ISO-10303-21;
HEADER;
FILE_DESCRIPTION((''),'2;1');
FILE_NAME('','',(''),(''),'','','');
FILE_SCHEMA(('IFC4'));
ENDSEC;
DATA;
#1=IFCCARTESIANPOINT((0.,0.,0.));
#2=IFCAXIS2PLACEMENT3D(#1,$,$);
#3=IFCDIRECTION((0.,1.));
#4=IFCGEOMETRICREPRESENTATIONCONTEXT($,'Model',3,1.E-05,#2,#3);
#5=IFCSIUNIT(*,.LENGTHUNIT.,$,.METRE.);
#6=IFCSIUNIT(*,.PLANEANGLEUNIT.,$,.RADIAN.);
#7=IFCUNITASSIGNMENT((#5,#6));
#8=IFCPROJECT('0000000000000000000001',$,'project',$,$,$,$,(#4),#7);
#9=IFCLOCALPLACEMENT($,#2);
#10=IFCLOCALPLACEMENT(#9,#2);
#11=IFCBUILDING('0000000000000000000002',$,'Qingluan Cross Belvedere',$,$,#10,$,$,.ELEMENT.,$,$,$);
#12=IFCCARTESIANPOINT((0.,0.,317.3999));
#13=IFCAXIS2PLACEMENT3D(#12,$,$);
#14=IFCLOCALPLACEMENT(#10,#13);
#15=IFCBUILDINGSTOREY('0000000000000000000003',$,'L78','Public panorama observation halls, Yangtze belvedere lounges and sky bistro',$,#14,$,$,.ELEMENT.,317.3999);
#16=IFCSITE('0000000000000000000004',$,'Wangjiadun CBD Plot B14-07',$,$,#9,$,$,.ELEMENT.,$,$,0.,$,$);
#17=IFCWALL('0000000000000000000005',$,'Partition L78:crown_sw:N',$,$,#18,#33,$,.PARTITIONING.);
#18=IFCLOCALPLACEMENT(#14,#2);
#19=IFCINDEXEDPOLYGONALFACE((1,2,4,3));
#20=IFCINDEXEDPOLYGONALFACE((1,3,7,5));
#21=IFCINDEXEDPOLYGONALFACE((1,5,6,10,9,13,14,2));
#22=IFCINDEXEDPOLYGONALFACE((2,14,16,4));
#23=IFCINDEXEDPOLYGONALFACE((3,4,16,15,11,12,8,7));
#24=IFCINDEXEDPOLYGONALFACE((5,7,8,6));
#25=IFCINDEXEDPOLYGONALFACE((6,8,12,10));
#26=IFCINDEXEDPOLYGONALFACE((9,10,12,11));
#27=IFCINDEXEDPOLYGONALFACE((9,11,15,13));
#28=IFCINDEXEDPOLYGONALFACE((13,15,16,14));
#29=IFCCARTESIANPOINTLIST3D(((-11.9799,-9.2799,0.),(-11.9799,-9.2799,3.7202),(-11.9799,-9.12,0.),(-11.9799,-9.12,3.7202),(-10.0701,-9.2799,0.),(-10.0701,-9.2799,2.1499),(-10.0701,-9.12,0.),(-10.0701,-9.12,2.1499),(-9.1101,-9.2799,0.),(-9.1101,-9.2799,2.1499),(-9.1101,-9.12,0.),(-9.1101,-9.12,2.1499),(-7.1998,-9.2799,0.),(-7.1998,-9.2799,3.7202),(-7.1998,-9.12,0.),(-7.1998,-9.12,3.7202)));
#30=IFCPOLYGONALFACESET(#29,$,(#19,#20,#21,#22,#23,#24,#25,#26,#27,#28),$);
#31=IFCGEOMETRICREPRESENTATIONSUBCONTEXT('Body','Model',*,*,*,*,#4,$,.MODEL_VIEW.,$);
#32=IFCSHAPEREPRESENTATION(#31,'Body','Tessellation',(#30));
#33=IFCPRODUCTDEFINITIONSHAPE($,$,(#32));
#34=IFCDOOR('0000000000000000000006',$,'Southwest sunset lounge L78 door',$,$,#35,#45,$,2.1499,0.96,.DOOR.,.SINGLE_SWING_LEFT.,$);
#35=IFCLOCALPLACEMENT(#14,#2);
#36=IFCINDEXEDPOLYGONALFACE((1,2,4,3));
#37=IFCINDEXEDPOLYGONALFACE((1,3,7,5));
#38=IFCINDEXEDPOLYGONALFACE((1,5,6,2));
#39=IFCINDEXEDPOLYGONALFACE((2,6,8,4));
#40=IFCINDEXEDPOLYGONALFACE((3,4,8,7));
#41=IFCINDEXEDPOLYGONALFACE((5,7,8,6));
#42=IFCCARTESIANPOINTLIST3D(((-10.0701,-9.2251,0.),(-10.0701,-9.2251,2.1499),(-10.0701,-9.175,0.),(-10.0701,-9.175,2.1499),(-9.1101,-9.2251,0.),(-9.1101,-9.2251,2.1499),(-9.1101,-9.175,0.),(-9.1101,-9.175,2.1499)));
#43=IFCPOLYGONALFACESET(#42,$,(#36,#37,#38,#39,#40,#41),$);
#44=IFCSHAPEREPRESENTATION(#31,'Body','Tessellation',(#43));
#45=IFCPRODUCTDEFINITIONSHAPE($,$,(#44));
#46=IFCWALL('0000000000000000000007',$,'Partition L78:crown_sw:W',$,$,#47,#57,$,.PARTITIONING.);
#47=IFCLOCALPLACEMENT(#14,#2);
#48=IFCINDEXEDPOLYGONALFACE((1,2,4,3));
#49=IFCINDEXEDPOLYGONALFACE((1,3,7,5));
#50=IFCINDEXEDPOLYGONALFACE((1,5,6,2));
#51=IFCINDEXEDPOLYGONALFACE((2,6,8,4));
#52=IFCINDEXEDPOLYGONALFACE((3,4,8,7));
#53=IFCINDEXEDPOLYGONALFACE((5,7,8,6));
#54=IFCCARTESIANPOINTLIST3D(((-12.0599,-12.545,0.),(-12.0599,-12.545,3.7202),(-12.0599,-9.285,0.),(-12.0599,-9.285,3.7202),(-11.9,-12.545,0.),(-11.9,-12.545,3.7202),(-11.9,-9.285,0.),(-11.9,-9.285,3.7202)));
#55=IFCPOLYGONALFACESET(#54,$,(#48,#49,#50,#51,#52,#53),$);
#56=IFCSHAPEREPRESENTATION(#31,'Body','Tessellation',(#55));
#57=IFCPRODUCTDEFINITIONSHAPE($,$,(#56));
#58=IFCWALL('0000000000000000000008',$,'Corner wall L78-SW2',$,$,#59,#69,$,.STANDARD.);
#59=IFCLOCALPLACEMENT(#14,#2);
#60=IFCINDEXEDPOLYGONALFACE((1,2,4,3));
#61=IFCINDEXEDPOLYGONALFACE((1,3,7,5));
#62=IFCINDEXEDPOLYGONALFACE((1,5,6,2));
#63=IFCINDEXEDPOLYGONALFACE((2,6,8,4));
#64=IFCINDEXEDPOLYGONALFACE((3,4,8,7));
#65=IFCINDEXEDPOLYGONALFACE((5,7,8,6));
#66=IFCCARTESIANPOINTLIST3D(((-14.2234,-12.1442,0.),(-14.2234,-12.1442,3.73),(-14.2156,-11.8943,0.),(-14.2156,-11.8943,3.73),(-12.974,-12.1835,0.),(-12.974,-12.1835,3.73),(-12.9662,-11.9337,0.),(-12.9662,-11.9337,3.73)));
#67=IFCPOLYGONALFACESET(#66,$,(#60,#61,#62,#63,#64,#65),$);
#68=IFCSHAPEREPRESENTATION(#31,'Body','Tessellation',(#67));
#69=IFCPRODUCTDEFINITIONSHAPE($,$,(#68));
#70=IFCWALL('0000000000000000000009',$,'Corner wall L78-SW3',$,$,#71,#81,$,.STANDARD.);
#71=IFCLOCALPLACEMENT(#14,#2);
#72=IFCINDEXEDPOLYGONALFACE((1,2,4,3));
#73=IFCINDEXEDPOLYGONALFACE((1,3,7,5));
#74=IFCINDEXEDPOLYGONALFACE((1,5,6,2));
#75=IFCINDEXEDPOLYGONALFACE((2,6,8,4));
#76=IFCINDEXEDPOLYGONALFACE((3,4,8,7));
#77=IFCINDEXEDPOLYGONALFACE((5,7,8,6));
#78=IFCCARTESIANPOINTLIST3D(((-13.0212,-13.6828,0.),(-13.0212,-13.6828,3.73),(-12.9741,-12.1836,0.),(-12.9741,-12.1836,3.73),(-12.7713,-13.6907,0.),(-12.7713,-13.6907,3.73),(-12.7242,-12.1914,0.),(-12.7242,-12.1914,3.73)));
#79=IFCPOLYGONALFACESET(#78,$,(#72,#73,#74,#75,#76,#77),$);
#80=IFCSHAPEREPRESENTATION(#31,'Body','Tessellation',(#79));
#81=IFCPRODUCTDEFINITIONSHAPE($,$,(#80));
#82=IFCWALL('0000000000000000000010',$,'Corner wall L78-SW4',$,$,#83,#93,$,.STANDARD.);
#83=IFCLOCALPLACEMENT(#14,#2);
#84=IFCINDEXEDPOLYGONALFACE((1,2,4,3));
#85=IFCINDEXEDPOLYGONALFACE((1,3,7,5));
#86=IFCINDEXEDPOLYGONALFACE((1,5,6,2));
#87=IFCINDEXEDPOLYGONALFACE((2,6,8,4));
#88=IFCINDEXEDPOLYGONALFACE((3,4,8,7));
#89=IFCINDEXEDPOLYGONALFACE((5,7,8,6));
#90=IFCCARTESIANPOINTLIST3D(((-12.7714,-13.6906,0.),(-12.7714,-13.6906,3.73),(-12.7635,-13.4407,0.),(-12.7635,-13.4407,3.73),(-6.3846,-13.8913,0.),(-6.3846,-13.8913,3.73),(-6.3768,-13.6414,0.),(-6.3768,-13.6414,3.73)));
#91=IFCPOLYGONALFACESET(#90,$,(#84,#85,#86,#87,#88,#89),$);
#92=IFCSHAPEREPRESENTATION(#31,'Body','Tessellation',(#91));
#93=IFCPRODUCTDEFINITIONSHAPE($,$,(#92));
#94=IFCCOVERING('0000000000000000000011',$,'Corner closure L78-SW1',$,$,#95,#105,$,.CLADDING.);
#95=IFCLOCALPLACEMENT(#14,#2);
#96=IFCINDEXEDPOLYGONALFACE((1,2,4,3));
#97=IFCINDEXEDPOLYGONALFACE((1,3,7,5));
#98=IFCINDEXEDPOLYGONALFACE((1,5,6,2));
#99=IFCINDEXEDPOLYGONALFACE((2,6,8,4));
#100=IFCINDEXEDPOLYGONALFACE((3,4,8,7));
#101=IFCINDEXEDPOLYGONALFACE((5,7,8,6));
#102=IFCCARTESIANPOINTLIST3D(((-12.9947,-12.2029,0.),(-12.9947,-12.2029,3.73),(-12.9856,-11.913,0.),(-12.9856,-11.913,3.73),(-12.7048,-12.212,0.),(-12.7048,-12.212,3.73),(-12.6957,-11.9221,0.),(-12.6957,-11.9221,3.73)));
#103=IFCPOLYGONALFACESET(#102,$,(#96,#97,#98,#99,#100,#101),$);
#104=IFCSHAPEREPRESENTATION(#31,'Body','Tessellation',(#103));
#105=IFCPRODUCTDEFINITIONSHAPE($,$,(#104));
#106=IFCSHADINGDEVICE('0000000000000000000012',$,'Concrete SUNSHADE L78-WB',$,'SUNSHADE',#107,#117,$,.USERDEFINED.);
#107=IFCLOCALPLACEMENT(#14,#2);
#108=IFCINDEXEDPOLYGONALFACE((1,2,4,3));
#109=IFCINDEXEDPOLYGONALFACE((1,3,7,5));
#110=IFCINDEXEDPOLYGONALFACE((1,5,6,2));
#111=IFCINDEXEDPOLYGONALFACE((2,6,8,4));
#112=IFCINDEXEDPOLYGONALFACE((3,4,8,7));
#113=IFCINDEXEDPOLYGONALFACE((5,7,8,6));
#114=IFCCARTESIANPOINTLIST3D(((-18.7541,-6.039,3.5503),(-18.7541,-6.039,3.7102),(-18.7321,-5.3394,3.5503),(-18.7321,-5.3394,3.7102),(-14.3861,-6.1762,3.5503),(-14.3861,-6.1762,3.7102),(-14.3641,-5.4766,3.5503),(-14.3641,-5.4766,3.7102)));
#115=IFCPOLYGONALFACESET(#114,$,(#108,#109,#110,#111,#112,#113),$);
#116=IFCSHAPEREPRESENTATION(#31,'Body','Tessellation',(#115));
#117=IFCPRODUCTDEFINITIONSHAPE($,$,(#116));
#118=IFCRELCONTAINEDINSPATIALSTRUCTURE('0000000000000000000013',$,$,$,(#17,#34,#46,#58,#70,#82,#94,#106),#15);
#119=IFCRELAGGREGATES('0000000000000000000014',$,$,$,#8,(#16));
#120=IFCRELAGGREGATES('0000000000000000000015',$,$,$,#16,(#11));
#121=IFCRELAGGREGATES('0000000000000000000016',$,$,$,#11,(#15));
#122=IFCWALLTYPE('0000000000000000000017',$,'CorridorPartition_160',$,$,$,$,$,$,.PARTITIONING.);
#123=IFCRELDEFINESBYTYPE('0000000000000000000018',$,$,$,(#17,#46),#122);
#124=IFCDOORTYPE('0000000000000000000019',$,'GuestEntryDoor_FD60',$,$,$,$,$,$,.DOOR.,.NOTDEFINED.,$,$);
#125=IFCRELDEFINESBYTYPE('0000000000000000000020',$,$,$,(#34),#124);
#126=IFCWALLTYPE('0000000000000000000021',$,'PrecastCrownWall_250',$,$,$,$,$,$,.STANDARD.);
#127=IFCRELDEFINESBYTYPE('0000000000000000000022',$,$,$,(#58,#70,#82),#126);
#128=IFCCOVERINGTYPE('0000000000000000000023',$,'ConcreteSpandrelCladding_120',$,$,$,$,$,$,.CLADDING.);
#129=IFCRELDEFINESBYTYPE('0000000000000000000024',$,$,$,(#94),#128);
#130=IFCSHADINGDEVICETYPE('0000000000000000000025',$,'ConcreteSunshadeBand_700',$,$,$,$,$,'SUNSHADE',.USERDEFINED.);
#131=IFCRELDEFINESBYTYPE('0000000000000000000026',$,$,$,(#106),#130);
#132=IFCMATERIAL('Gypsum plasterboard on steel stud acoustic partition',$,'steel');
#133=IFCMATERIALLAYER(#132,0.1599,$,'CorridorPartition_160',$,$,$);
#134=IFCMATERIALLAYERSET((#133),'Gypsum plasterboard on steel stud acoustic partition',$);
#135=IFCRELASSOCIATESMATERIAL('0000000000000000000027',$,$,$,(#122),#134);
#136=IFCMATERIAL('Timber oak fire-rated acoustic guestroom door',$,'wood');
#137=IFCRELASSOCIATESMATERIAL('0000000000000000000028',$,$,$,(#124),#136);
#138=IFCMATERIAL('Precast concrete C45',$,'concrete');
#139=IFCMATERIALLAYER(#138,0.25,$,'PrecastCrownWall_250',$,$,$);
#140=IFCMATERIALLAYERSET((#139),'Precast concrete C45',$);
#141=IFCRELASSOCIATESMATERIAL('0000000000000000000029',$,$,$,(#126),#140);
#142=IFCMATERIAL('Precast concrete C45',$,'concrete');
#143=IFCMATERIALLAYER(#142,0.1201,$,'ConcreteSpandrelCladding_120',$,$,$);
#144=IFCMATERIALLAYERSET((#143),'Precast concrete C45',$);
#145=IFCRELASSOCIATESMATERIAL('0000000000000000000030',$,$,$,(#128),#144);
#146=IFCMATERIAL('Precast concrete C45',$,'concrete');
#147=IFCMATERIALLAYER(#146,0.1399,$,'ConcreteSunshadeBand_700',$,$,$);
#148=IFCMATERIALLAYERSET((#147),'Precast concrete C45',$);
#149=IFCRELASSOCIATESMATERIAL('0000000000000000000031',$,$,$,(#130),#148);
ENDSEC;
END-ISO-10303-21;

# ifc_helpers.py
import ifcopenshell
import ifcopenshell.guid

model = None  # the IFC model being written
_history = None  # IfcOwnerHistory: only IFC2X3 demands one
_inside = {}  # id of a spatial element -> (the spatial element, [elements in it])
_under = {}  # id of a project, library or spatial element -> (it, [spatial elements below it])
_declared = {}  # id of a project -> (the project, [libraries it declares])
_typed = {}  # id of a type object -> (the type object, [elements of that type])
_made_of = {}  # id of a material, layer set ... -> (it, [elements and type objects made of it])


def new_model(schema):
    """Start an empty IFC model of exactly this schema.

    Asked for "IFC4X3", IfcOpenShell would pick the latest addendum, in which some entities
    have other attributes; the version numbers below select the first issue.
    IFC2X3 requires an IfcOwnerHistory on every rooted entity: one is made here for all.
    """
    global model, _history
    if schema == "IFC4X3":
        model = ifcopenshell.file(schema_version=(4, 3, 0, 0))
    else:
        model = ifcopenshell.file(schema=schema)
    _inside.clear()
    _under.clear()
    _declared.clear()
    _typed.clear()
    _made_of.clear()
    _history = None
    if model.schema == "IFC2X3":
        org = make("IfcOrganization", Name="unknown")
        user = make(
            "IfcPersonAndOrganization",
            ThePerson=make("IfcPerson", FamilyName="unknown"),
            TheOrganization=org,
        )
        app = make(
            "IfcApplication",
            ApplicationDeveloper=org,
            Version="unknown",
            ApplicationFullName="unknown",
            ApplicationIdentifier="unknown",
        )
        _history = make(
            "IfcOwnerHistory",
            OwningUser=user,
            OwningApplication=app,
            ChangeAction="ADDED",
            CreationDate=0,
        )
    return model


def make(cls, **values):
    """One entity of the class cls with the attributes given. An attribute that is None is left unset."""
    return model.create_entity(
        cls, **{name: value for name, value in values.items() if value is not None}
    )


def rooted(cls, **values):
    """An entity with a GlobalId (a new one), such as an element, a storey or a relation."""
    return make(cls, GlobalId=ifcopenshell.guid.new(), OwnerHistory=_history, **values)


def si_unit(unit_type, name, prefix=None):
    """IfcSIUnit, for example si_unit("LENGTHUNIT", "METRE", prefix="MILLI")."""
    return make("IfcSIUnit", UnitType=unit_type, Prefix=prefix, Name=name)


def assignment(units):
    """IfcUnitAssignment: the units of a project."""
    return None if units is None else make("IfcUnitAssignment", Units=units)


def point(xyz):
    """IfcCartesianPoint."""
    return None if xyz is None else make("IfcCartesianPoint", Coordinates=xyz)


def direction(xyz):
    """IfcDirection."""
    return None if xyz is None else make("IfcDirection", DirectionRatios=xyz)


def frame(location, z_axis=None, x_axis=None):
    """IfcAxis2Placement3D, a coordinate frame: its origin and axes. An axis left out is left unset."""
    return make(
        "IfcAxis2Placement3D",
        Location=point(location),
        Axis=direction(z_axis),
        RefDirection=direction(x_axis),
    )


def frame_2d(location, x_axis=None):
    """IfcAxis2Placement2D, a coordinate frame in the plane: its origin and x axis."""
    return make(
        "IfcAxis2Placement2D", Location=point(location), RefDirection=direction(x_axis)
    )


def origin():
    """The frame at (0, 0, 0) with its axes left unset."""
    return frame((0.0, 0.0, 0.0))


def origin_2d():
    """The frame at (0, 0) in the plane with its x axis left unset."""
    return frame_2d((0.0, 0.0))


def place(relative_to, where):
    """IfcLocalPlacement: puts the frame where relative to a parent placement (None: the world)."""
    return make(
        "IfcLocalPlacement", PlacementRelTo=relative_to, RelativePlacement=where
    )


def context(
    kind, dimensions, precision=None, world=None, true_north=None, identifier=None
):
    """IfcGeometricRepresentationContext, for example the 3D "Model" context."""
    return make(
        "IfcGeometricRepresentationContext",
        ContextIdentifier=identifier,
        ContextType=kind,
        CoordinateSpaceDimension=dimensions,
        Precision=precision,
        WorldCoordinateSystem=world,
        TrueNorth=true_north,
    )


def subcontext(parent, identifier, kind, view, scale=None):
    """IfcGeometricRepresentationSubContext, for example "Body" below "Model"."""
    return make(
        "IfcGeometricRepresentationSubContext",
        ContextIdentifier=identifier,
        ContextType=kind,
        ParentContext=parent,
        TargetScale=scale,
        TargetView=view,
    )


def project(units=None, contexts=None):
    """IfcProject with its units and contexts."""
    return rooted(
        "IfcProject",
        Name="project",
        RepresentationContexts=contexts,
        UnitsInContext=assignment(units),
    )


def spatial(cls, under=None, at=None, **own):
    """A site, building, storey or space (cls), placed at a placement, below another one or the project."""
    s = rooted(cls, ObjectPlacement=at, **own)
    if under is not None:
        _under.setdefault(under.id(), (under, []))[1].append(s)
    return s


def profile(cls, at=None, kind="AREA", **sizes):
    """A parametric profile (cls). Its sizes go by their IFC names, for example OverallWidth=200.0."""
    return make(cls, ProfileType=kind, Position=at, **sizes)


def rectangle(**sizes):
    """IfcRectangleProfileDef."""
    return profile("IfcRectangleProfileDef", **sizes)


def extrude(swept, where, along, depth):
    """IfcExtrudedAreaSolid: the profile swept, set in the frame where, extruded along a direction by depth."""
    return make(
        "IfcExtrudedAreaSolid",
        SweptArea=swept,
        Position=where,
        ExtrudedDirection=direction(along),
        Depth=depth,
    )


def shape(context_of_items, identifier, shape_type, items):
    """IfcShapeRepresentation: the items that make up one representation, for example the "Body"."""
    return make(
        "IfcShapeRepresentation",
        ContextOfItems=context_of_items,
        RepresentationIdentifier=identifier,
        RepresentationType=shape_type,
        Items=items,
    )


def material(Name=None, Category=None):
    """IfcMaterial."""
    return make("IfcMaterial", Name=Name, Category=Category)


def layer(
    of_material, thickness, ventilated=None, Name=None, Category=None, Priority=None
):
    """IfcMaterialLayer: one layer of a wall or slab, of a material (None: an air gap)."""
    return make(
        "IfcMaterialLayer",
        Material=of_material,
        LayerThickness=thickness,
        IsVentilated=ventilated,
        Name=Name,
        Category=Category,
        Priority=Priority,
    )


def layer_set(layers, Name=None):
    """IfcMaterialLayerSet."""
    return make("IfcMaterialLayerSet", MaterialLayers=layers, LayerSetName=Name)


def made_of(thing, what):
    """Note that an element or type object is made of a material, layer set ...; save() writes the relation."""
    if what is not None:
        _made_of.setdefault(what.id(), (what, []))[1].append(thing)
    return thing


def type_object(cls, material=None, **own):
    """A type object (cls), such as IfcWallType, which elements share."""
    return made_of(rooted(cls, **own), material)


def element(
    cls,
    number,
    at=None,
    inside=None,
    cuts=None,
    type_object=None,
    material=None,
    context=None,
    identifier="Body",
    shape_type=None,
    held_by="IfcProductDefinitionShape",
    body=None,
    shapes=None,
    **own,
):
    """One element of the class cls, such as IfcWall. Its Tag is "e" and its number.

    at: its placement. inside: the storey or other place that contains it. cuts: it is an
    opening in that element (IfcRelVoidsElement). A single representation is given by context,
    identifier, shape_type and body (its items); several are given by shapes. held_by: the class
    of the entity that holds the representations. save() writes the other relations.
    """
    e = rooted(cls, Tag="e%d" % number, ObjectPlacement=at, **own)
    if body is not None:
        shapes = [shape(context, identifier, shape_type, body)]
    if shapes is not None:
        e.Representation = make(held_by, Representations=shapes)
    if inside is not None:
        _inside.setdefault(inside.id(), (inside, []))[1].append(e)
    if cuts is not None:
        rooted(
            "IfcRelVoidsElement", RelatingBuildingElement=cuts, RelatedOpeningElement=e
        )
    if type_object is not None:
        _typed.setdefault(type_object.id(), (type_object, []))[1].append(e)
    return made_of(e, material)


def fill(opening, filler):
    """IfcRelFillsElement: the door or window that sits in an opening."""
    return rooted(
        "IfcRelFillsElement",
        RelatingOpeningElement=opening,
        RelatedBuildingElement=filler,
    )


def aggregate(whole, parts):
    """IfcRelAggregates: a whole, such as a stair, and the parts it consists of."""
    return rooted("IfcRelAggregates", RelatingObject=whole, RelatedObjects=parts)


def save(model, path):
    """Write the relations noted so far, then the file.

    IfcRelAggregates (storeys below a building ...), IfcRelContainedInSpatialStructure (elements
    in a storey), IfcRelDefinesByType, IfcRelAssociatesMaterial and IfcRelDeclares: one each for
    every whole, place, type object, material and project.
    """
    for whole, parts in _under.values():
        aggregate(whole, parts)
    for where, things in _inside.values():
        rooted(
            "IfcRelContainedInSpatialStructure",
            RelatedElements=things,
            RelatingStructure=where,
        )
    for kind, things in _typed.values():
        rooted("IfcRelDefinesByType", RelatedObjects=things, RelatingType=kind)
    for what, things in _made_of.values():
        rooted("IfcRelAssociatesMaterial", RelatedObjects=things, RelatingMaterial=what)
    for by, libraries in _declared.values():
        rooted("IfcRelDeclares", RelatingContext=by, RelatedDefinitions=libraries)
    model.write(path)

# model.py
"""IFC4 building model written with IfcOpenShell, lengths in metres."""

from ifc_helpers import new_model, si_unit, direction, frame, frame_2d, origin, origin_2d, place, context, subcontext, project, spatial, rectangle, extrude, material, layer, layer_set, type_object, element, fill, save


model = new_model("IFC4")

# Units and contexts
model_context = context("Model", 3, precision=1e-05, world=origin(), true_north=direction((0.0, 1.0)))
body_context = subcontext(model_context, "Body", "Model", "MODEL_VIEW")
ifc_project = project(units=[si_unit("LENGTHUNIT", "METRE"), si_unit("PLANEANGLEUNIT", "RADIAN")], contexts=[model_context])

# Site, building, storey
site_placement = place(None, origin())
site = spatial("IfcSite", under=ifc_project, at=site_placement, Name="Wangjiadun CBD Plot B14-07", CompositionType="ELEMENT", RefElevation=0.0)
building_placement = place(site_placement, origin())
building = spatial("IfcBuilding", under=site, at=building_placement, Name="Qingluan Cross Belvedere", CompositionType="ELEMENT")
storey_placement = place(building_placement, frame((0.0, 0.0, 317.3999)))
storey = spatial("IfcBuildingStorey", under=building, at=storey_placement, Name="L78", Description="Public panorama observation halls, Yangtze belvedere lounges and sky bistro", CompositionType="ELEMENT", Elevation=317.3999)

# Shared definitions
ifc_material_1 = material(Name="Gypsum plasterboard on steel stud acoustic partition", Category="steel")
ifc_layer_1 = layer(ifc_material_1, 0.1599, Name="CorridorPartition_160")
ifc_layer_set_1 = layer_set([ifc_layer_1], Name="Gypsum plasterboard on steel stud acoustic partition")
wall_type_1 = type_object("IfcWallType", Name="CorridorPartition_160", PredefinedType="PARTITIONING", material=ifc_layer_set_1)

# Wall, opening, door
wall_1_placement = place(storey_placement, frame((-11.98, -9.2, 0.0), z_axis=(0.0, 0.0, 1.0), x_axis=(1.0, 0.0, 0.0)))
wall_1 = element("IfcWall", 1, at=wall_1_placement, inside=storey, type_object=wall_type_1, Name="Partition L78:crown_sw:N", PredefinedType="PARTITIONING", context=body_context, shape_type="SweptSolid", body=[
    extrude(rectangle(XDim=4.78, YDim=0.1599, at=frame_2d((2.3901, 0.0))), origin(), (0.0, 0.0, 1.0), 3.7202),
])
opening_placement = place(wall_1_placement, frame((1.9099, 0.0, 0.0)))
opening = element("IfcOpeningElement", 2, at=opening_placement, cuts=wall_1, PredefinedType="OPENING", context=body_context, shape_type="SweptSolid", body=[
    extrude(rectangle(XDim=0.96, YDim=2.1499, at=frame_2d((0.48, 1.075))), frame((0.0, 0.0898, 0.0), z_axis=(0.0, -1.0, 0.0), x_axis=(1.0, 0.0, 0.0)), (0.0, 0.0, 1.0), 0.1799),
])
ifc_material_2 = material(Name="Timber oak fire-rated acoustic guestroom door", Category="wood")
door_type = type_object("IfcDoorType", Name="GuestEntryDoor_FD60", OperationType="NOTDEFINED", PredefinedType="DOOR", material=ifc_material_2)
door_placement = place(opening_placement, origin())
door = element("IfcDoor", 3, at=door_placement, inside=storey, type_object=door_type, Name="Southwest sunset lounge L78 door", OperationType="SINGLE_SWING_LEFT", OverallHeight=2.1499, OverallWidth=0.96, PredefinedType="DOOR", context=body_context, shape_type="SweptSolid", body=[
    extrude(rectangle(XDim=0.96, YDim=2.1499, at=frame_2d((0.48, 1.075))), frame((0.0, 0.0249, 0.0), z_axis=(0.0, -1.0, 0.0), x_axis=(1.0, 0.0, 0.0)), (0.0, 0.0, 1.0), 0.05),
])
fill(opening, door)

# Walls
wall_2_placement = place(storey_placement, frame((-11.98, -12.5449, 0.0), z_axis=(0.0, 0.0, 1.0), x_axis=(0.0, 1.0, 0.0)))
element("IfcWall", 4, at=wall_2_placement, inside=storey, type_object=wall_type_1, Name="Partition L78:crown_sw:W", PredefinedType="PARTITIONING", context=body_context, shape_type="SweptSolid", body=[
    extrude(rectangle(XDim=3.26, YDim=0.1599, at=frame_2d((1.6299, 0.0))), origin(), (0.0, 0.0, 1.0), 3.7202),
])
ifc_material_3 = material(Name="Precast concrete C45", Category="concrete")
ifc_layer_2 = layer(ifc_material_3, 0.25, Name="PrecastCrownWall_250")
ifc_layer_set_2 = layer_set([ifc_layer_2], Name="Precast concrete C45")
wall_type_2 = type_object("IfcWallType", Name="PrecastCrownWall_250", PredefinedType="STANDARD", material=ifc_layer_set_2)
wall_3_placement = place(storey_placement, frame((-14.2195, -12.0193, 0.0), z_axis=(0.0, 0.0, 1.0), x_axis=(0.999505, -0.031448, 0.0)))
element("IfcWall", 5, at=wall_3_placement, inside=storey, type_object=wall_type_2, Name="Corner wall L78-SW2", PredefinedType="STANDARD", context=body_context, shape_type="SweptSolid", body=[
    extrude(rectangle(XDim=1.25, YDim=0.25, at=frame_2d((0.625, 0.0))), origin(), (0.0, 0.0, 1.0), 3.73),
])
wall_4_placement = place(storey_placement, frame((-12.8491, -12.1875, 0.0), z_axis=(0.0, 0.0, 1.0), x_axis=(-0.031413, -0.999507, 0.0)))
element("IfcWall", 6, at=wall_4_placement, inside=storey, type_object=wall_type_2, Name="Corner wall L78-SW3", PredefinedType="STANDARD", context=body_context, shape_type="SweptSolid", body=[
    extrude(rectangle(XDim=1.5, YDim=0.25, at=frame_2d((0.75, 0.0))), origin(), (0.0, 0.0, 1.0), 3.73),
])
wall_5_placement = place(storey_placement, frame((-12.7673, -13.5657, 0.0), z_axis=(0.0, 0.0, 1.0), x_axis=(0.999507, -0.031407, 0.0)))
element("IfcWall", 7, at=wall_5_placement, inside=storey, type_object=wall_type_2, Name="Corner wall L78-SW4", PredefinedType="STANDARD", context=body_context, shape_type="SweptSolid", body=[
    extrude(rectangle(XDim=6.3899, YDim=0.25, at=frame_2d((3.1948, 0.0))), origin(), (0.0, 0.0, 1.0), 3.73),
])

# Covering
ifc_material_4 = material(Name="Precast concrete C45", Category="concrete")
ifc_layer_3 = layer(ifc_material_4, 0.1201, Name="ConcreteSpandrelCladding_120")
ifc_layer_set_3 = layer_set([ifc_layer_3], Name="Precast concrete C45")
covering_type = type_object("IfcCoveringType", Name="ConcreteSpandrelCladding_120", PredefinedType="CLADDING", material=ifc_layer_set_3)
covering_placement = place(storey_placement, frame((-12.8452, -12.0625, 0.0), z_axis=(0.0, 0.0, 1.0), x_axis=(0.999507, -0.031411, 0.0)))
element("IfcCovering", 8, at=covering_placement, inside=storey, type_object=covering_type, Name="Corner closure L78-SW1", PredefinedType="CLADDING", context=body_context, shape_type="SweptSolid", body=[
    extrude(rectangle(XDim=0.29, YDim=0.29, at=origin_2d()), origin(), (0.0, 0.0, 1.0), 3.73),
])

# Shading device
ifc_material_5 = material(Name="Precast concrete C45", Category="concrete")
ifc_layer_4 = layer(ifc_material_5, 0.1399, Name="ConcreteSunshadeBand_700")
ifc_layer_set_4 = layer_set([ifc_layer_4], Name="Precast concrete C45")
shading_device_type = type_object("IfcShadingDeviceType", Name="ConcreteSunshadeBand_700", ElementType="SUNSHADE", PredefinedType="USERDEFINED", material=ifc_layer_set_4)
shading_device_placement = place(storey_placement, frame((-16.5591, -5.7578, 3.5503), z_axis=(0.0, 0.0, 1.0), x_axis=(0.999507, -0.031401, 0.0)))
element("IfcShadingDevice", 9, at=shading_device_placement, inside=storey, type_object=shading_device_type, Name="Concrete SUNSHADE L78-WB", ObjectType="SUNSHADE", PredefinedType="USERDEFINED", context=body_context, shape_type="SweptSolid", body=[
    extrude(rectangle(XDim=4.3701, YDim=0.7, at=origin_2d()), origin(), (0.0, 0.0, 1.0), 0.1599),
])

save(model, "model.ifc")
